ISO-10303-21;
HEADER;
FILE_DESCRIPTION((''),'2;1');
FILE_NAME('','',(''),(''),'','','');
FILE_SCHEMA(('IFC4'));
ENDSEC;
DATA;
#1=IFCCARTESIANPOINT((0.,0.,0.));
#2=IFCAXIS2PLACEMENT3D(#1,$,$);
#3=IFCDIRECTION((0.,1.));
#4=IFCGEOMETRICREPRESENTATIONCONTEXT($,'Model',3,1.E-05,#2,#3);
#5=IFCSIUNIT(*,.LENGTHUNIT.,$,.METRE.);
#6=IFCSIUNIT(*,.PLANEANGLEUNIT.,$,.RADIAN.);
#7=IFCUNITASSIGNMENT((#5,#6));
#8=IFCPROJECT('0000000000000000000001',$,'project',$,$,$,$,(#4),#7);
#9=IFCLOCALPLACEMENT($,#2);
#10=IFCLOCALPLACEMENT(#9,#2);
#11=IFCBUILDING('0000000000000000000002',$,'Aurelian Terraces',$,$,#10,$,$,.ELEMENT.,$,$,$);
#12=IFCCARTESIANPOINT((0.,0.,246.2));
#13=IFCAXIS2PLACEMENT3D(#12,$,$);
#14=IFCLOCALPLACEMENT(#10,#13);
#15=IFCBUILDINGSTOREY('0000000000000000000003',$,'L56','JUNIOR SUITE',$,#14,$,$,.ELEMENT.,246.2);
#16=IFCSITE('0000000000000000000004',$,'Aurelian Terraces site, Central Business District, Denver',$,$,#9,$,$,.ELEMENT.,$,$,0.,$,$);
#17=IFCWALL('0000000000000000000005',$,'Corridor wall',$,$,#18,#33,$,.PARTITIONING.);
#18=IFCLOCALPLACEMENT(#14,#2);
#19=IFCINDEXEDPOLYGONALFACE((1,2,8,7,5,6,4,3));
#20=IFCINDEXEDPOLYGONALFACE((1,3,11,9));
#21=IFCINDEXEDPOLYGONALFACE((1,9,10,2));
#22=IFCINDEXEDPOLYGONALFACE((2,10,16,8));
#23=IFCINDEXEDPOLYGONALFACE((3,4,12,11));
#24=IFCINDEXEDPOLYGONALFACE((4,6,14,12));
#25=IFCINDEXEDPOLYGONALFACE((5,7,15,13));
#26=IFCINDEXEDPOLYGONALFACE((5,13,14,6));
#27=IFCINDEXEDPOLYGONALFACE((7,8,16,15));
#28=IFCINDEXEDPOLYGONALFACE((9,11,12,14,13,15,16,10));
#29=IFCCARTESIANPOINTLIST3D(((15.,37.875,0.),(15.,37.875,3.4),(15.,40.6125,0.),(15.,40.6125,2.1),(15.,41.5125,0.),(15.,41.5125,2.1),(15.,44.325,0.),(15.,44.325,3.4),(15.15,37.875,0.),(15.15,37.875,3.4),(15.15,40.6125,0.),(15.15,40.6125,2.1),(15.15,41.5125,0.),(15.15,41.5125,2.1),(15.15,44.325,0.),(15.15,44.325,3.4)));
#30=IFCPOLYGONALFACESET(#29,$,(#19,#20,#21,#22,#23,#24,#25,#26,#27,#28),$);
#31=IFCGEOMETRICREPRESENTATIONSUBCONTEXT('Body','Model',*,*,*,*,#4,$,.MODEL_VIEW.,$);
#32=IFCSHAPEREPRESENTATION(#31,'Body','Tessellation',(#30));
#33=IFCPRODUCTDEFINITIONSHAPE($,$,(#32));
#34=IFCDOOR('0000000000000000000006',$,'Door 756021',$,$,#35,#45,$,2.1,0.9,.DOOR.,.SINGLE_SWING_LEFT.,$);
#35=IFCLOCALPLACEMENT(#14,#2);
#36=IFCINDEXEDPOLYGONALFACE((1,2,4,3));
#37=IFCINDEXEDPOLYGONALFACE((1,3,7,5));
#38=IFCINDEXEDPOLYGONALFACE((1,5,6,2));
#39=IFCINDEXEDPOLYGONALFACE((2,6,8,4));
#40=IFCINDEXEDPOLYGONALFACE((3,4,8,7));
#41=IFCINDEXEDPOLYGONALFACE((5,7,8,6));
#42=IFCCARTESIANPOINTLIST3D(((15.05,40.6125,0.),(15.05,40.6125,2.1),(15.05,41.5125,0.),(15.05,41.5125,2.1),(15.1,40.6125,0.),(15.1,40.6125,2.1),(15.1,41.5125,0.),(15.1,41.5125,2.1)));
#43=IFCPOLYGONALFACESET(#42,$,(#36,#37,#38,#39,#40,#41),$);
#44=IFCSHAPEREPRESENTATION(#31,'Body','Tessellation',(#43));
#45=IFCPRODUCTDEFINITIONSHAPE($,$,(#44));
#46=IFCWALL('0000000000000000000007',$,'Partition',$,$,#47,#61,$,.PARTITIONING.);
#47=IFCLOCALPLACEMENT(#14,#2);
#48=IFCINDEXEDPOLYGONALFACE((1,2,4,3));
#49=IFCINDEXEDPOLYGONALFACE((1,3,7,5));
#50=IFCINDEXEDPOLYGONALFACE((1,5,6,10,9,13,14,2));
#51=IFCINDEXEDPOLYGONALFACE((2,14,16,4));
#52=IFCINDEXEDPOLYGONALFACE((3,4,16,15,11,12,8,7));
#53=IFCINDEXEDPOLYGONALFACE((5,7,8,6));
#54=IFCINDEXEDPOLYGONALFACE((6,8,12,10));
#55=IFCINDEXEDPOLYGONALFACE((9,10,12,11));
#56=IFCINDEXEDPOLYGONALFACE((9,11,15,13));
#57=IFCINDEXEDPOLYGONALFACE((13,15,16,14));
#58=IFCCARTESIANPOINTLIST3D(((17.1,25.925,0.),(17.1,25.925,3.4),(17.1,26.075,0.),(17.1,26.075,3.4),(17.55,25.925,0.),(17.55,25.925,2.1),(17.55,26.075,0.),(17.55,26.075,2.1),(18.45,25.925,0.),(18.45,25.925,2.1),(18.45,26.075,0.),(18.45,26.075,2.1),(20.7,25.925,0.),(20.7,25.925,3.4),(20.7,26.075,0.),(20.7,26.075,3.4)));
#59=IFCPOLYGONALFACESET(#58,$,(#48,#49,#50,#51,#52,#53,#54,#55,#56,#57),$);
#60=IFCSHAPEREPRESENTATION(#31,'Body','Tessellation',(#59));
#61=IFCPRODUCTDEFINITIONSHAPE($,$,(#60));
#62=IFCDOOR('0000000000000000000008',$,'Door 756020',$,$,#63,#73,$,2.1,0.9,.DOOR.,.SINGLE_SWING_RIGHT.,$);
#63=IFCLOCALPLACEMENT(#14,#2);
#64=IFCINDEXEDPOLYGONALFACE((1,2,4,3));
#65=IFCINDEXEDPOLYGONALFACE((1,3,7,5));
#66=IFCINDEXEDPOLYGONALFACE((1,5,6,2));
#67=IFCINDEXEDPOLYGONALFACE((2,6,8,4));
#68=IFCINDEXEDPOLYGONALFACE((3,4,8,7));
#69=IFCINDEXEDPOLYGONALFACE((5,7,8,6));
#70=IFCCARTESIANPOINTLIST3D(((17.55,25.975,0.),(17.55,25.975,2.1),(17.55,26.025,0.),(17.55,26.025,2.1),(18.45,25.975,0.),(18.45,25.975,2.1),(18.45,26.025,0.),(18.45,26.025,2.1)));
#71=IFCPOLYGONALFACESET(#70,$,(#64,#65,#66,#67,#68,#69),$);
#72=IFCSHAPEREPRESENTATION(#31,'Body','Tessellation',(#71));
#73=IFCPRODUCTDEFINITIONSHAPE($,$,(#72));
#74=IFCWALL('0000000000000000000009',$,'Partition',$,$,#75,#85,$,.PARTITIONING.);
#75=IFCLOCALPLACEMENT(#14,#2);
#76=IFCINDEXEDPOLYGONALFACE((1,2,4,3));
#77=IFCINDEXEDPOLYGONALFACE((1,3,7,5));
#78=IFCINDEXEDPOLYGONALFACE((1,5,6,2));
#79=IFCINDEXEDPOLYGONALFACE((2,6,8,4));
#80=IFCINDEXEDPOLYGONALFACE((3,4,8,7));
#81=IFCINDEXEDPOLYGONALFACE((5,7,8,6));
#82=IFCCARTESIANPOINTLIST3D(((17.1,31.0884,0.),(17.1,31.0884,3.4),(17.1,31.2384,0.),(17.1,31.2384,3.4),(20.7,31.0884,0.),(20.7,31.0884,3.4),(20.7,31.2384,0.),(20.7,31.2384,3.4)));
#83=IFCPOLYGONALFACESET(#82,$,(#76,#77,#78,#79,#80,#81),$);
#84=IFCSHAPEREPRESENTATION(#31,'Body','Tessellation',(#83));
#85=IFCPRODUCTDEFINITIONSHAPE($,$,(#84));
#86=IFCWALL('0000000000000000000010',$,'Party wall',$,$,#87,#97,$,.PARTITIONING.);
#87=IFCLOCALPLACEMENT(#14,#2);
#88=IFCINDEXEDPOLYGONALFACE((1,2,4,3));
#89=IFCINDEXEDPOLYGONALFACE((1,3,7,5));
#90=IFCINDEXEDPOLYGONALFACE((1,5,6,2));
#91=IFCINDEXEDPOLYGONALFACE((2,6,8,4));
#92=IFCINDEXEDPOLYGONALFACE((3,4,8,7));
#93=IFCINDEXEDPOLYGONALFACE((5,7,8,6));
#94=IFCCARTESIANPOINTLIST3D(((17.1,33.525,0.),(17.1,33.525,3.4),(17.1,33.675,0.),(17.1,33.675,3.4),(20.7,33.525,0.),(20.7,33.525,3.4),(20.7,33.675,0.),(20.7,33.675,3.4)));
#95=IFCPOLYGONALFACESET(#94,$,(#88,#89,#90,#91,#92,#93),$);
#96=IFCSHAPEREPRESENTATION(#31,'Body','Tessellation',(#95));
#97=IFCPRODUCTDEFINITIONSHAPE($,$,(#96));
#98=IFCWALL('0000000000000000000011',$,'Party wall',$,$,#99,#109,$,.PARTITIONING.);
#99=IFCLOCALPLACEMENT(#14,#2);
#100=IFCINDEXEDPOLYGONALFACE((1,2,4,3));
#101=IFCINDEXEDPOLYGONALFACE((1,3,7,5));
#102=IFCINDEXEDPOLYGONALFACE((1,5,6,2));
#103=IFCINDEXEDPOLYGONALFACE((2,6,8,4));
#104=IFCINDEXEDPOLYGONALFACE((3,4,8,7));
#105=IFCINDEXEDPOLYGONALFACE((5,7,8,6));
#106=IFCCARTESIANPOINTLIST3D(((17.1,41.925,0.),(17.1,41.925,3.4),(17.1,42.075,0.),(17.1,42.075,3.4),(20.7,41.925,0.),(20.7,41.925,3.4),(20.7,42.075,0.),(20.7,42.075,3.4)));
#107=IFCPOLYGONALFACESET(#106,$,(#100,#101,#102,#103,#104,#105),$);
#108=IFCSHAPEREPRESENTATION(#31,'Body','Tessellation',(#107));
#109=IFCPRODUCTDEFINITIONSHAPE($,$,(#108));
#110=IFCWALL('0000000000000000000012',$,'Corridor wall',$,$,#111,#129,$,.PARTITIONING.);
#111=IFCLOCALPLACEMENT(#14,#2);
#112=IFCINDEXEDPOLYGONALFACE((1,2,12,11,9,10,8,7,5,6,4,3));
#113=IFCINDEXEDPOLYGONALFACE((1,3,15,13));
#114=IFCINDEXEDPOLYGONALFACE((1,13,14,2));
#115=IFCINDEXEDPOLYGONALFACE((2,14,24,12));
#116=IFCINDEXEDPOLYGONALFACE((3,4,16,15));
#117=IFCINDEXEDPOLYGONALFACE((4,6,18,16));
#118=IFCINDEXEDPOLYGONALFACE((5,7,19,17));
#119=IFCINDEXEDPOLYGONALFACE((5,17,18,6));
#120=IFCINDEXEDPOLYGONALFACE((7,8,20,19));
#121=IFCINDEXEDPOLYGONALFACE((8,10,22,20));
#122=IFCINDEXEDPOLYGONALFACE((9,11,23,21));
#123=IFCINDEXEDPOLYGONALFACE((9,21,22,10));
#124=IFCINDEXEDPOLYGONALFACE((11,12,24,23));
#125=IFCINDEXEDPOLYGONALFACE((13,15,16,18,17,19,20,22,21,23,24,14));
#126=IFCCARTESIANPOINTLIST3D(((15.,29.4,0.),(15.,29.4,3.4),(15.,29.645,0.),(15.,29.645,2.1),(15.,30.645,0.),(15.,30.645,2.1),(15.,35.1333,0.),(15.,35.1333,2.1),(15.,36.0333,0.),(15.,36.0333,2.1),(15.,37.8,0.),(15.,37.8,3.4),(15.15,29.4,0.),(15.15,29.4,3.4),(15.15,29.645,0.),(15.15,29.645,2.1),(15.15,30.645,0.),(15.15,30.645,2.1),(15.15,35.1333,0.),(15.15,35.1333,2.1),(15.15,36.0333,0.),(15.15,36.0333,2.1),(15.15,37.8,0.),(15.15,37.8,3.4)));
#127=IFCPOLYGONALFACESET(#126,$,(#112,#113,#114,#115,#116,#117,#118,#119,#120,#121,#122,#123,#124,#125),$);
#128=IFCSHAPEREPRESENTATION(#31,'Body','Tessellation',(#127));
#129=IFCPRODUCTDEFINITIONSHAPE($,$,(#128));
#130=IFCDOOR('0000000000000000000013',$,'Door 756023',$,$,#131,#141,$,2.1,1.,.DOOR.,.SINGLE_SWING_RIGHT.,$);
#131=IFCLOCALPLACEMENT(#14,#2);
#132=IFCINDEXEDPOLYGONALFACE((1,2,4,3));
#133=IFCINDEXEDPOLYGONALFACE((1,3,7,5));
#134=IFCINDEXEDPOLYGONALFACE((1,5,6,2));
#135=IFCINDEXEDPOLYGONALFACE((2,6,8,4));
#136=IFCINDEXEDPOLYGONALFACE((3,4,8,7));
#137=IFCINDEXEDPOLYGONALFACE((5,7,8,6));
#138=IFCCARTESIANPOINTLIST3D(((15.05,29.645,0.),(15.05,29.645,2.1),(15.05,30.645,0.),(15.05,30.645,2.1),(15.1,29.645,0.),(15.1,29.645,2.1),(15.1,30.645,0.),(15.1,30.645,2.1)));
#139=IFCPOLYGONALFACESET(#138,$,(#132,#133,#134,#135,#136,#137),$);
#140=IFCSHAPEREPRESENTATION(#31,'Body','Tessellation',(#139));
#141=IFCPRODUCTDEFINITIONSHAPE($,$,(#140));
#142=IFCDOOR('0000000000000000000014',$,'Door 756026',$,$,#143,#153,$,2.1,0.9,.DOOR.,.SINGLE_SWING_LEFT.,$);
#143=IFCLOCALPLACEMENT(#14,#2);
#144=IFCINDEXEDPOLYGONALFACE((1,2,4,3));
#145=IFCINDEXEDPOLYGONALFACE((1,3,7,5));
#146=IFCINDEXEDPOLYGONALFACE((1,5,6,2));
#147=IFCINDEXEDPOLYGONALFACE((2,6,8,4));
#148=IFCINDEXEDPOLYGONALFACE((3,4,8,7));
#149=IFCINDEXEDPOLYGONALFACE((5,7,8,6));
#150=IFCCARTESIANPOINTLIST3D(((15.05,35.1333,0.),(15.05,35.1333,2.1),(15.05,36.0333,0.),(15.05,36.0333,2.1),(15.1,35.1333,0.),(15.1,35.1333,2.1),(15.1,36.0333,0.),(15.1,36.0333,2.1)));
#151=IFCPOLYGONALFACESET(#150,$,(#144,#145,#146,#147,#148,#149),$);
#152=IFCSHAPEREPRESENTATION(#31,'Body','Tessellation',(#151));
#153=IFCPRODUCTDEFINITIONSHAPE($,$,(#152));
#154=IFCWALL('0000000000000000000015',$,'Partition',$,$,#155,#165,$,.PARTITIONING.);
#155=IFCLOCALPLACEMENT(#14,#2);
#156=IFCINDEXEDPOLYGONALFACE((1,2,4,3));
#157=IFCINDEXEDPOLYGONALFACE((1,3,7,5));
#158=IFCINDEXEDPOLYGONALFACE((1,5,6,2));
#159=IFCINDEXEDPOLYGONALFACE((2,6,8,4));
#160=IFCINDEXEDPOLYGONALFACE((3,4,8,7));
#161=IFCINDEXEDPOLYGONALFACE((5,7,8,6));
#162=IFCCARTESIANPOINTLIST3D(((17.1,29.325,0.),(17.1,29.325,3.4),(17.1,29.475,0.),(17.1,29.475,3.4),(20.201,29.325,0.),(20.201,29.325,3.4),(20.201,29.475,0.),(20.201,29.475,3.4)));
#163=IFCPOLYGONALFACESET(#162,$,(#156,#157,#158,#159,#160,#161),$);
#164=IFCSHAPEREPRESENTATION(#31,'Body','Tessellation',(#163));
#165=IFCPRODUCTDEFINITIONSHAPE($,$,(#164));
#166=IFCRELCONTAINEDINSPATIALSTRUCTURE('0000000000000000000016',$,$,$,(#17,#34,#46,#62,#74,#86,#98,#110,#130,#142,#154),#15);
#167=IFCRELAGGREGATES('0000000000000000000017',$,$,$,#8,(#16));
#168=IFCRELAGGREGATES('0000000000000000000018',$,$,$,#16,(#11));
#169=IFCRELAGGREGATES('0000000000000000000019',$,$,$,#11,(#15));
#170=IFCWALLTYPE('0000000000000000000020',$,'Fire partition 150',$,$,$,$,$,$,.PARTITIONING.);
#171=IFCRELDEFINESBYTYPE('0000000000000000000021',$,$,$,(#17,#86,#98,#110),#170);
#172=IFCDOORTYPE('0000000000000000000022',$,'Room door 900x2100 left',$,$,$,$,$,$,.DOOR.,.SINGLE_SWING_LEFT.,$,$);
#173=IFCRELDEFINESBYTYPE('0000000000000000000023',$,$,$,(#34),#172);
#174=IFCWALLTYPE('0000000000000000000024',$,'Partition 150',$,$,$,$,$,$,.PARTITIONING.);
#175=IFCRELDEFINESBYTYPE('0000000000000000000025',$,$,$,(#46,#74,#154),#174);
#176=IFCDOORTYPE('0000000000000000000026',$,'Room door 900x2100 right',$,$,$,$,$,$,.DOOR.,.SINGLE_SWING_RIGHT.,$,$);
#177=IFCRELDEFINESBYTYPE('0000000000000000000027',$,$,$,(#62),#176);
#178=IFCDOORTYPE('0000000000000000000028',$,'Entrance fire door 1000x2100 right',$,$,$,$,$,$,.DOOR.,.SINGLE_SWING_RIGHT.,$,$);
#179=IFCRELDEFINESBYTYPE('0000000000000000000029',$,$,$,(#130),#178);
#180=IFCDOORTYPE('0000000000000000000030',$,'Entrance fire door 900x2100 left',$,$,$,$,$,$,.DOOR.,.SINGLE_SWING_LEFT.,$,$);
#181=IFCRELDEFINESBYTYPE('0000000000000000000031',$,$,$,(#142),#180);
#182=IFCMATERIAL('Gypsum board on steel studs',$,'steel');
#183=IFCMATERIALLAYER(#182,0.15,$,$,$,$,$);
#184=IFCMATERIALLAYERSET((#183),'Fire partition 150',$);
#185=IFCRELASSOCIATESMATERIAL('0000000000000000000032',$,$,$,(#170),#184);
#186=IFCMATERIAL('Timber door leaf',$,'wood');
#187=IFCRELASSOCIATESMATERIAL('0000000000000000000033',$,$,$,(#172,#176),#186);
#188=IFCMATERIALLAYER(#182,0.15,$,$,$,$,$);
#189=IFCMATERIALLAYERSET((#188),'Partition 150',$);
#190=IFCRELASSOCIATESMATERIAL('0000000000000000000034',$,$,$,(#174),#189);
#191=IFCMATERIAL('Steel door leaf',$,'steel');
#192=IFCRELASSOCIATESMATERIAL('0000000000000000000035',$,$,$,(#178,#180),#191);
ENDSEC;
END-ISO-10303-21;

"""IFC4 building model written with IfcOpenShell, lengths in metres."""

from ifc_helpers import new_model, si_unit, direction, frame, frame_2d, origin, place, context, subcontext, project, spatial, rectangle, extrude, source, transform, mapped, material, layer, layer_set, type_object, element, fill, save


model = new_model("IFC4")

# Units and contexts
model_context = context("Model", 3, precision=1e-05, world=origin(), true_north=direction((0.0, 1.0)))
body_context = subcontext(model_context, "Body", "Model", "MODEL_VIEW")
ifc_project = project(units=[si_unit("LENGTHUNIT", "METRE"), si_unit("PLANEANGLEUNIT", "RADIAN")], contexts=[model_context])

# Site, building, storey
site_placement = place(None, origin())
site = spatial("IfcSite", under=ifc_project, at=site_placement, Name="Aurelian Terraces site, Central Business District, Denver", CompositionType="ELEMENT", RefElevation=0.0)
building_placement = place(site_placement, origin())
building = spatial("IfcBuilding", under=site, at=building_placement, Name="Aurelian Terraces", CompositionType="ELEMENT")
storey_placement = place(building_placement, frame((0.0, 0.0, 246.2)))
storey = spatial("IfcBuildingStorey", under=building, at=storey_placement, Name="L56", Description="JUNIOR SUITE", CompositionType="ELEMENT", Elevation=246.2)

# Walls, openings, doors
ifc_material_1 = material(Name="Gypsum board on steel studs", Category="steel")
ifc_layer_1 = layer(ifc_material_1, 0.15)
ifc_layer_set_1 = layer_set([ifc_layer_1], Name="Fire partition 150")
wall_type_1 = type_object("IfcWallType", Name="Fire partition 150", PredefinedType="PARTITIONING", material=ifc_layer_set_1)
shared_shape_1 = source(origin(), body_context, "Body", "SweptSolid", [
    extrude(rectangle(XDim=6.45, YDim=0.15, at=frame_2d((3.225, 0.0))), origin(), (0.0, 0.0, 1.0), 3.4),
])
wall_1_placement = place(storey_placement, frame((15.075, 37.875, 0.0), z_axis=(0.0, 0.0, 1.0), x_axis=(0.0, 1.0, 0.0)))
wall_1 = element("IfcWall", 1, at=wall_1_placement, inside=storey, type_object=wall_type_1, Name="Corridor wall", PredefinedType="PARTITIONING", context=body_context, shape_type="MappedRepresentation", body=[
    mapped(shared_shape_1, transform((0.0, 0.0, 0.0), scale=1.0)),
])
shared_shape_2 = source(origin(), body_context, "Body", "SweptSolid", [
    extrude(rectangle(XDim=0.9, YDim=2.1, at=frame_2d((0.45, 1.05))), frame((0.0, 0.085, 0.0), z_axis=(0.0, -1.0, 0.0), x_axis=(1.0, 0.0, 0.0)), (0.0, 0.0, 1.0), 0.17),
])
opening_1_placement = place(wall_1_placement, frame((2.7375, 0.0, 0.0)))
opening_1 = element("IfcOpeningElement", 2, at=opening_1_placement, cuts=wall_1, PredefinedType="OPENING", context=body_context, shape_type="MappedRepresentation", body=[
    mapped(shared_shape_2, transform((0.0, 0.0, 0.0), scale=1.0)),
])
ifc_material_2 = material(Name="Timber door leaf", Category="wood")
door_type_1 = type_object("IfcDoorType", Name="Room door 900x2100 left", OperationType="SINGLE_SWING_LEFT", PredefinedType="DOOR", material=ifc_material_2)
shared_shape_3 = source(origin(), body_context, "Body", "SweptSolid", [
    extrude(rectangle(XDim=0.9, YDim=2.1, at=frame_2d((0.45, 1.05))), frame((0.0, 0.025, 0.0), z_axis=(0.0, -1.0, 0.0), x_axis=(1.0, 0.0, 0.0)), (0.0, 0.0, 1.0), 0.05),
])
door_1_placement = place(opening_1_placement, origin())
door_1 = element("IfcDoor", 3, at=door_1_placement, inside=storey, type_object=door_type_1, Name="Door 756021", OperationType="SINGLE_SWING_LEFT", OverallHeight=2.1, OverallWidth=0.9, PredefinedType="DOOR", context=body_context, shape_type="MappedRepresentation", body=[
    mapped(shared_shape_3, transform((0.0, 0.0, 0.0), scale=1.0)),
])
fill(opening_1, door_1)
ifc_layer_2 = layer(ifc_material_1, 0.15)
ifc_layer_set_2 = layer_set([ifc_layer_2], Name="Partition 150")
wall_type_2 = type_object("IfcWallType", Name="Partition 150", PredefinedType="PARTITIONING", material=ifc_layer_set_2)
shared_shape_4 = source(origin(), body_context, "Body", "SweptSolid", [
    extrude(rectangle(XDim=3.6, YDim=0.15, at=frame_2d((1.8, 0.0))), origin(), (0.0, 0.0, 1.0), 3.4),
])
wall_2_placement = place(storey_placement, frame((17.1, 26.0, 0.0), z_axis=(0.0, 0.0, 1.0), x_axis=(1.0, 0.0, 0.0)))
wall_2 = element("IfcWall", 4, at=wall_2_placement, inside=storey, type_object=wall_type_2, Name="Partition", PredefinedType="PARTITIONING", context=body_context, shape_type="MappedRepresentation", body=[
    mapped(shared_shape_4, transform((0.0, 0.0, 0.0), scale=1.0)),
])
opening_2_placement = place(wall_2_placement, frame((0.45, 0.0, 0.0)))
opening_2 = element("IfcOpeningElement", 5, at=opening_2_placement, cuts=wall_2, PredefinedType="OPENING", context=body_context, shape_type="MappedRepresentation", body=[
    mapped(shared_shape_2, transform((0.0, 0.0, 0.0), scale=1.0)),
])
door_type_2 = type_object("IfcDoorType", Name="Room door 900x2100 right", OperationType="SINGLE_SWING_RIGHT", PredefinedType="DOOR", material=ifc_material_2)
door_2_placement = place(opening_2_placement, origin())
door_2 = element("IfcDoor", 6, at=door_2_placement, inside=storey, type_object=door_type_2, Name="Door 756020", OperationType="SINGLE_SWING_RIGHT", OverallHeight=2.1, OverallWidth=0.9, PredefinedType="DOOR", context=body_context, shape_type="MappedRepresentation", body=[
    mapped(shared_shape_3, transform((0.0, 0.0, 0.0), scale=1.0)),
])
fill(opening_2, door_2)

# Walls
wall_3_placement = place(storey_placement, frame((17.1, 31.1634, 0.0), z_axis=(0.0, 0.0, 1.0), x_axis=(1.0, 0.0, 0.0)))
element("IfcWall", 7, at=wall_3_placement, inside=storey, type_object=wall_type_2, Name="Partition", PredefinedType="PARTITIONING", context=body_context, shape_type="MappedRepresentation", body=[
    mapped(shared_shape_4, transform((0.0, 0.0, 0.0), scale=1.0)),
])
for number, where, z_axis, x_axis, name in (
    (8, (20.7, 33.6, 0.0), (0.0, 0.0, 1.0), (-1.0, 0.0, 0.0), "Party wall"),
    (9, (20.7, 42.0, 0.0), (0.0, 0.0, 1.0), (-1.0, 0.0, 0.0), "Party wall"),
):
    element("IfcWall", number, at=place(storey_placement, frame(where, z_axis=z_axis, x_axis=x_axis)), inside=storey, type_object=wall_type_1, Name=name, PredefinedType="PARTITIONING", context=body_context, shape_type="MappedRepresentation", body=[
        mapped(shared_shape_4, transform((0.0, 0.0, 0.0), scale=1.0)),
    ])

# Wall, openings, doors
shared_shape_5 = source(origin(), body_context, "Body", "SweptSolid", [
    extrude(rectangle(XDim=8.4, YDim=0.15, at=frame_2d((4.2, 0.0))), origin(), (0.0, 0.0, 1.0), 3.4),
])
wall_4_placement = place(storey_placement, frame((15.075, 29.4, 0.0), z_axis=(0.0, 0.0, 1.0), x_axis=(0.0, 1.0, 0.0)))
wall_4 = element("IfcWall", 10, at=wall_4_placement, inside=storey, type_object=wall_type_1, Name="Corridor wall", PredefinedType="PARTITIONING", context=body_context, shape_type="MappedRepresentation", body=[
    mapped(shared_shape_5, transform((0.0, 0.0, 0.0), scale=1.0)),
])
shared_shape_6 = source(origin(), body_context, "Body", "SweptSolid", [
    extrude(rectangle(XDim=1.0, YDim=2.1, at=frame_2d((0.5, 1.05))), frame((0.0, 0.085, 0.0), z_axis=(0.0, -1.0, 0.0), x_axis=(1.0, 0.0, 0.0)), (0.0, 0.0, 1.0), 0.17),
])
opening_3_placement = place(wall_4_placement, frame((0.245, 0.0, 0.0)))
opening_3 = element("IfcOpeningElement", 11, at=opening_3_placement, cuts=wall_4, PredefinedType="OPENING", context=body_context, shape_type="MappedRepresentation", body=[
    mapped(shared_shape_6, transform((0.0, 0.0, 0.0), scale=1.0)),
])
opening_4_placement = place(wall_4_placement, frame((5.7333, 0.0, 0.0)))
opening_4 = element("IfcOpeningElement", 12, at=opening_4_placement, cuts=wall_4, PredefinedType="OPENING", context=body_context, shape_type="MappedRepresentation", body=[
    mapped(shared_shape_2, transform((0.0, 0.0, 0.0), scale=1.0)),
])
ifc_material_3 = material(Name="Steel door leaf", Category="steel")
door_type_3 = type_object("IfcDoorType", Name="Entrance fire door 1000x2100 right", OperationType="SINGLE_SWING_RIGHT", PredefinedType="DOOR", material=ifc_material_3)
shared_shape_7 = source(origin(), body_context, "Body", "SweptSolid", [
    extrude(rectangle(XDim=1.0, YDim=2.1, at=frame_2d((0.5, 1.05))), frame((0.0, 0.025, 0.0), z_axis=(0.0, -1.0, 0.0), x_axis=(1.0, 0.0, 0.0)), (0.0, 0.0, 1.0), 0.05),
])
door_3_placement = place(opening_3_placement, origin())
door_3 = element("IfcDoor", 13, at=door_3_placement, inside=storey, type_object=door_type_3, Name="Door 756023", OperationType="SINGLE_SWING_RIGHT", OverallHeight=2.1, OverallWidth=1.0, PredefinedType="DOOR", context=body_context, shape_type="MappedRepresentation", body=[
    mapped(shared_shape_7, transform((0.0, 0.0, 0.0), scale=1.0)),
])
fill(opening_3, door_3)
door_type_4 = type_object("IfcDoorType", Name="Entrance fire door 900x2100 left", OperationType="SINGLE_SWING_LEFT", PredefinedType="DOOR", material=ifc_material_3)
door_4_placement = place(opening_4_placement, origin())
door_4 = element("IfcDoor", 14, at=door_4_placement, inside=storey, type_object=door_type_4, Name="Door 756026", OperationType="SINGLE_SWING_LEFT", OverallHeight=2.1, OverallWidth=0.9, PredefinedType="DOOR", context=body_context, shape_type="MappedRepresentation", body=[
    mapped(shared_shape_3, transform((0.0, 0.0, 0.0), scale=1.0)),
])
fill(opening_4, door_4)

# Wall
shared_shape_8 = source(origin(), body_context, "Body", "SweptSolid", [
    extrude(rectangle(XDim=3.101, YDim=0.15, at=frame_2d((1.5505, 0.0))), origin(), (0.0, 0.0, 1.0), 3.4),
])
wall_5_placement = place(storey_placement, frame((20.201, 29.4, 0.0), z_axis=(0.0, 0.0, 1.0), x_axis=(-1.0, 0.0, 0.0)))
element("IfcWall", 15, at=wall_5_placement, inside=storey, type_object=wall_type_2, Name="Partition", PredefinedType="PARTITIONING", context=body_context, shape_type="MappedRepresentation", body=[
    mapped(shared_shape_8, transform((0.0, 0.0, 0.0), scale=1.0)),
])

save(model, "model.ifc")
